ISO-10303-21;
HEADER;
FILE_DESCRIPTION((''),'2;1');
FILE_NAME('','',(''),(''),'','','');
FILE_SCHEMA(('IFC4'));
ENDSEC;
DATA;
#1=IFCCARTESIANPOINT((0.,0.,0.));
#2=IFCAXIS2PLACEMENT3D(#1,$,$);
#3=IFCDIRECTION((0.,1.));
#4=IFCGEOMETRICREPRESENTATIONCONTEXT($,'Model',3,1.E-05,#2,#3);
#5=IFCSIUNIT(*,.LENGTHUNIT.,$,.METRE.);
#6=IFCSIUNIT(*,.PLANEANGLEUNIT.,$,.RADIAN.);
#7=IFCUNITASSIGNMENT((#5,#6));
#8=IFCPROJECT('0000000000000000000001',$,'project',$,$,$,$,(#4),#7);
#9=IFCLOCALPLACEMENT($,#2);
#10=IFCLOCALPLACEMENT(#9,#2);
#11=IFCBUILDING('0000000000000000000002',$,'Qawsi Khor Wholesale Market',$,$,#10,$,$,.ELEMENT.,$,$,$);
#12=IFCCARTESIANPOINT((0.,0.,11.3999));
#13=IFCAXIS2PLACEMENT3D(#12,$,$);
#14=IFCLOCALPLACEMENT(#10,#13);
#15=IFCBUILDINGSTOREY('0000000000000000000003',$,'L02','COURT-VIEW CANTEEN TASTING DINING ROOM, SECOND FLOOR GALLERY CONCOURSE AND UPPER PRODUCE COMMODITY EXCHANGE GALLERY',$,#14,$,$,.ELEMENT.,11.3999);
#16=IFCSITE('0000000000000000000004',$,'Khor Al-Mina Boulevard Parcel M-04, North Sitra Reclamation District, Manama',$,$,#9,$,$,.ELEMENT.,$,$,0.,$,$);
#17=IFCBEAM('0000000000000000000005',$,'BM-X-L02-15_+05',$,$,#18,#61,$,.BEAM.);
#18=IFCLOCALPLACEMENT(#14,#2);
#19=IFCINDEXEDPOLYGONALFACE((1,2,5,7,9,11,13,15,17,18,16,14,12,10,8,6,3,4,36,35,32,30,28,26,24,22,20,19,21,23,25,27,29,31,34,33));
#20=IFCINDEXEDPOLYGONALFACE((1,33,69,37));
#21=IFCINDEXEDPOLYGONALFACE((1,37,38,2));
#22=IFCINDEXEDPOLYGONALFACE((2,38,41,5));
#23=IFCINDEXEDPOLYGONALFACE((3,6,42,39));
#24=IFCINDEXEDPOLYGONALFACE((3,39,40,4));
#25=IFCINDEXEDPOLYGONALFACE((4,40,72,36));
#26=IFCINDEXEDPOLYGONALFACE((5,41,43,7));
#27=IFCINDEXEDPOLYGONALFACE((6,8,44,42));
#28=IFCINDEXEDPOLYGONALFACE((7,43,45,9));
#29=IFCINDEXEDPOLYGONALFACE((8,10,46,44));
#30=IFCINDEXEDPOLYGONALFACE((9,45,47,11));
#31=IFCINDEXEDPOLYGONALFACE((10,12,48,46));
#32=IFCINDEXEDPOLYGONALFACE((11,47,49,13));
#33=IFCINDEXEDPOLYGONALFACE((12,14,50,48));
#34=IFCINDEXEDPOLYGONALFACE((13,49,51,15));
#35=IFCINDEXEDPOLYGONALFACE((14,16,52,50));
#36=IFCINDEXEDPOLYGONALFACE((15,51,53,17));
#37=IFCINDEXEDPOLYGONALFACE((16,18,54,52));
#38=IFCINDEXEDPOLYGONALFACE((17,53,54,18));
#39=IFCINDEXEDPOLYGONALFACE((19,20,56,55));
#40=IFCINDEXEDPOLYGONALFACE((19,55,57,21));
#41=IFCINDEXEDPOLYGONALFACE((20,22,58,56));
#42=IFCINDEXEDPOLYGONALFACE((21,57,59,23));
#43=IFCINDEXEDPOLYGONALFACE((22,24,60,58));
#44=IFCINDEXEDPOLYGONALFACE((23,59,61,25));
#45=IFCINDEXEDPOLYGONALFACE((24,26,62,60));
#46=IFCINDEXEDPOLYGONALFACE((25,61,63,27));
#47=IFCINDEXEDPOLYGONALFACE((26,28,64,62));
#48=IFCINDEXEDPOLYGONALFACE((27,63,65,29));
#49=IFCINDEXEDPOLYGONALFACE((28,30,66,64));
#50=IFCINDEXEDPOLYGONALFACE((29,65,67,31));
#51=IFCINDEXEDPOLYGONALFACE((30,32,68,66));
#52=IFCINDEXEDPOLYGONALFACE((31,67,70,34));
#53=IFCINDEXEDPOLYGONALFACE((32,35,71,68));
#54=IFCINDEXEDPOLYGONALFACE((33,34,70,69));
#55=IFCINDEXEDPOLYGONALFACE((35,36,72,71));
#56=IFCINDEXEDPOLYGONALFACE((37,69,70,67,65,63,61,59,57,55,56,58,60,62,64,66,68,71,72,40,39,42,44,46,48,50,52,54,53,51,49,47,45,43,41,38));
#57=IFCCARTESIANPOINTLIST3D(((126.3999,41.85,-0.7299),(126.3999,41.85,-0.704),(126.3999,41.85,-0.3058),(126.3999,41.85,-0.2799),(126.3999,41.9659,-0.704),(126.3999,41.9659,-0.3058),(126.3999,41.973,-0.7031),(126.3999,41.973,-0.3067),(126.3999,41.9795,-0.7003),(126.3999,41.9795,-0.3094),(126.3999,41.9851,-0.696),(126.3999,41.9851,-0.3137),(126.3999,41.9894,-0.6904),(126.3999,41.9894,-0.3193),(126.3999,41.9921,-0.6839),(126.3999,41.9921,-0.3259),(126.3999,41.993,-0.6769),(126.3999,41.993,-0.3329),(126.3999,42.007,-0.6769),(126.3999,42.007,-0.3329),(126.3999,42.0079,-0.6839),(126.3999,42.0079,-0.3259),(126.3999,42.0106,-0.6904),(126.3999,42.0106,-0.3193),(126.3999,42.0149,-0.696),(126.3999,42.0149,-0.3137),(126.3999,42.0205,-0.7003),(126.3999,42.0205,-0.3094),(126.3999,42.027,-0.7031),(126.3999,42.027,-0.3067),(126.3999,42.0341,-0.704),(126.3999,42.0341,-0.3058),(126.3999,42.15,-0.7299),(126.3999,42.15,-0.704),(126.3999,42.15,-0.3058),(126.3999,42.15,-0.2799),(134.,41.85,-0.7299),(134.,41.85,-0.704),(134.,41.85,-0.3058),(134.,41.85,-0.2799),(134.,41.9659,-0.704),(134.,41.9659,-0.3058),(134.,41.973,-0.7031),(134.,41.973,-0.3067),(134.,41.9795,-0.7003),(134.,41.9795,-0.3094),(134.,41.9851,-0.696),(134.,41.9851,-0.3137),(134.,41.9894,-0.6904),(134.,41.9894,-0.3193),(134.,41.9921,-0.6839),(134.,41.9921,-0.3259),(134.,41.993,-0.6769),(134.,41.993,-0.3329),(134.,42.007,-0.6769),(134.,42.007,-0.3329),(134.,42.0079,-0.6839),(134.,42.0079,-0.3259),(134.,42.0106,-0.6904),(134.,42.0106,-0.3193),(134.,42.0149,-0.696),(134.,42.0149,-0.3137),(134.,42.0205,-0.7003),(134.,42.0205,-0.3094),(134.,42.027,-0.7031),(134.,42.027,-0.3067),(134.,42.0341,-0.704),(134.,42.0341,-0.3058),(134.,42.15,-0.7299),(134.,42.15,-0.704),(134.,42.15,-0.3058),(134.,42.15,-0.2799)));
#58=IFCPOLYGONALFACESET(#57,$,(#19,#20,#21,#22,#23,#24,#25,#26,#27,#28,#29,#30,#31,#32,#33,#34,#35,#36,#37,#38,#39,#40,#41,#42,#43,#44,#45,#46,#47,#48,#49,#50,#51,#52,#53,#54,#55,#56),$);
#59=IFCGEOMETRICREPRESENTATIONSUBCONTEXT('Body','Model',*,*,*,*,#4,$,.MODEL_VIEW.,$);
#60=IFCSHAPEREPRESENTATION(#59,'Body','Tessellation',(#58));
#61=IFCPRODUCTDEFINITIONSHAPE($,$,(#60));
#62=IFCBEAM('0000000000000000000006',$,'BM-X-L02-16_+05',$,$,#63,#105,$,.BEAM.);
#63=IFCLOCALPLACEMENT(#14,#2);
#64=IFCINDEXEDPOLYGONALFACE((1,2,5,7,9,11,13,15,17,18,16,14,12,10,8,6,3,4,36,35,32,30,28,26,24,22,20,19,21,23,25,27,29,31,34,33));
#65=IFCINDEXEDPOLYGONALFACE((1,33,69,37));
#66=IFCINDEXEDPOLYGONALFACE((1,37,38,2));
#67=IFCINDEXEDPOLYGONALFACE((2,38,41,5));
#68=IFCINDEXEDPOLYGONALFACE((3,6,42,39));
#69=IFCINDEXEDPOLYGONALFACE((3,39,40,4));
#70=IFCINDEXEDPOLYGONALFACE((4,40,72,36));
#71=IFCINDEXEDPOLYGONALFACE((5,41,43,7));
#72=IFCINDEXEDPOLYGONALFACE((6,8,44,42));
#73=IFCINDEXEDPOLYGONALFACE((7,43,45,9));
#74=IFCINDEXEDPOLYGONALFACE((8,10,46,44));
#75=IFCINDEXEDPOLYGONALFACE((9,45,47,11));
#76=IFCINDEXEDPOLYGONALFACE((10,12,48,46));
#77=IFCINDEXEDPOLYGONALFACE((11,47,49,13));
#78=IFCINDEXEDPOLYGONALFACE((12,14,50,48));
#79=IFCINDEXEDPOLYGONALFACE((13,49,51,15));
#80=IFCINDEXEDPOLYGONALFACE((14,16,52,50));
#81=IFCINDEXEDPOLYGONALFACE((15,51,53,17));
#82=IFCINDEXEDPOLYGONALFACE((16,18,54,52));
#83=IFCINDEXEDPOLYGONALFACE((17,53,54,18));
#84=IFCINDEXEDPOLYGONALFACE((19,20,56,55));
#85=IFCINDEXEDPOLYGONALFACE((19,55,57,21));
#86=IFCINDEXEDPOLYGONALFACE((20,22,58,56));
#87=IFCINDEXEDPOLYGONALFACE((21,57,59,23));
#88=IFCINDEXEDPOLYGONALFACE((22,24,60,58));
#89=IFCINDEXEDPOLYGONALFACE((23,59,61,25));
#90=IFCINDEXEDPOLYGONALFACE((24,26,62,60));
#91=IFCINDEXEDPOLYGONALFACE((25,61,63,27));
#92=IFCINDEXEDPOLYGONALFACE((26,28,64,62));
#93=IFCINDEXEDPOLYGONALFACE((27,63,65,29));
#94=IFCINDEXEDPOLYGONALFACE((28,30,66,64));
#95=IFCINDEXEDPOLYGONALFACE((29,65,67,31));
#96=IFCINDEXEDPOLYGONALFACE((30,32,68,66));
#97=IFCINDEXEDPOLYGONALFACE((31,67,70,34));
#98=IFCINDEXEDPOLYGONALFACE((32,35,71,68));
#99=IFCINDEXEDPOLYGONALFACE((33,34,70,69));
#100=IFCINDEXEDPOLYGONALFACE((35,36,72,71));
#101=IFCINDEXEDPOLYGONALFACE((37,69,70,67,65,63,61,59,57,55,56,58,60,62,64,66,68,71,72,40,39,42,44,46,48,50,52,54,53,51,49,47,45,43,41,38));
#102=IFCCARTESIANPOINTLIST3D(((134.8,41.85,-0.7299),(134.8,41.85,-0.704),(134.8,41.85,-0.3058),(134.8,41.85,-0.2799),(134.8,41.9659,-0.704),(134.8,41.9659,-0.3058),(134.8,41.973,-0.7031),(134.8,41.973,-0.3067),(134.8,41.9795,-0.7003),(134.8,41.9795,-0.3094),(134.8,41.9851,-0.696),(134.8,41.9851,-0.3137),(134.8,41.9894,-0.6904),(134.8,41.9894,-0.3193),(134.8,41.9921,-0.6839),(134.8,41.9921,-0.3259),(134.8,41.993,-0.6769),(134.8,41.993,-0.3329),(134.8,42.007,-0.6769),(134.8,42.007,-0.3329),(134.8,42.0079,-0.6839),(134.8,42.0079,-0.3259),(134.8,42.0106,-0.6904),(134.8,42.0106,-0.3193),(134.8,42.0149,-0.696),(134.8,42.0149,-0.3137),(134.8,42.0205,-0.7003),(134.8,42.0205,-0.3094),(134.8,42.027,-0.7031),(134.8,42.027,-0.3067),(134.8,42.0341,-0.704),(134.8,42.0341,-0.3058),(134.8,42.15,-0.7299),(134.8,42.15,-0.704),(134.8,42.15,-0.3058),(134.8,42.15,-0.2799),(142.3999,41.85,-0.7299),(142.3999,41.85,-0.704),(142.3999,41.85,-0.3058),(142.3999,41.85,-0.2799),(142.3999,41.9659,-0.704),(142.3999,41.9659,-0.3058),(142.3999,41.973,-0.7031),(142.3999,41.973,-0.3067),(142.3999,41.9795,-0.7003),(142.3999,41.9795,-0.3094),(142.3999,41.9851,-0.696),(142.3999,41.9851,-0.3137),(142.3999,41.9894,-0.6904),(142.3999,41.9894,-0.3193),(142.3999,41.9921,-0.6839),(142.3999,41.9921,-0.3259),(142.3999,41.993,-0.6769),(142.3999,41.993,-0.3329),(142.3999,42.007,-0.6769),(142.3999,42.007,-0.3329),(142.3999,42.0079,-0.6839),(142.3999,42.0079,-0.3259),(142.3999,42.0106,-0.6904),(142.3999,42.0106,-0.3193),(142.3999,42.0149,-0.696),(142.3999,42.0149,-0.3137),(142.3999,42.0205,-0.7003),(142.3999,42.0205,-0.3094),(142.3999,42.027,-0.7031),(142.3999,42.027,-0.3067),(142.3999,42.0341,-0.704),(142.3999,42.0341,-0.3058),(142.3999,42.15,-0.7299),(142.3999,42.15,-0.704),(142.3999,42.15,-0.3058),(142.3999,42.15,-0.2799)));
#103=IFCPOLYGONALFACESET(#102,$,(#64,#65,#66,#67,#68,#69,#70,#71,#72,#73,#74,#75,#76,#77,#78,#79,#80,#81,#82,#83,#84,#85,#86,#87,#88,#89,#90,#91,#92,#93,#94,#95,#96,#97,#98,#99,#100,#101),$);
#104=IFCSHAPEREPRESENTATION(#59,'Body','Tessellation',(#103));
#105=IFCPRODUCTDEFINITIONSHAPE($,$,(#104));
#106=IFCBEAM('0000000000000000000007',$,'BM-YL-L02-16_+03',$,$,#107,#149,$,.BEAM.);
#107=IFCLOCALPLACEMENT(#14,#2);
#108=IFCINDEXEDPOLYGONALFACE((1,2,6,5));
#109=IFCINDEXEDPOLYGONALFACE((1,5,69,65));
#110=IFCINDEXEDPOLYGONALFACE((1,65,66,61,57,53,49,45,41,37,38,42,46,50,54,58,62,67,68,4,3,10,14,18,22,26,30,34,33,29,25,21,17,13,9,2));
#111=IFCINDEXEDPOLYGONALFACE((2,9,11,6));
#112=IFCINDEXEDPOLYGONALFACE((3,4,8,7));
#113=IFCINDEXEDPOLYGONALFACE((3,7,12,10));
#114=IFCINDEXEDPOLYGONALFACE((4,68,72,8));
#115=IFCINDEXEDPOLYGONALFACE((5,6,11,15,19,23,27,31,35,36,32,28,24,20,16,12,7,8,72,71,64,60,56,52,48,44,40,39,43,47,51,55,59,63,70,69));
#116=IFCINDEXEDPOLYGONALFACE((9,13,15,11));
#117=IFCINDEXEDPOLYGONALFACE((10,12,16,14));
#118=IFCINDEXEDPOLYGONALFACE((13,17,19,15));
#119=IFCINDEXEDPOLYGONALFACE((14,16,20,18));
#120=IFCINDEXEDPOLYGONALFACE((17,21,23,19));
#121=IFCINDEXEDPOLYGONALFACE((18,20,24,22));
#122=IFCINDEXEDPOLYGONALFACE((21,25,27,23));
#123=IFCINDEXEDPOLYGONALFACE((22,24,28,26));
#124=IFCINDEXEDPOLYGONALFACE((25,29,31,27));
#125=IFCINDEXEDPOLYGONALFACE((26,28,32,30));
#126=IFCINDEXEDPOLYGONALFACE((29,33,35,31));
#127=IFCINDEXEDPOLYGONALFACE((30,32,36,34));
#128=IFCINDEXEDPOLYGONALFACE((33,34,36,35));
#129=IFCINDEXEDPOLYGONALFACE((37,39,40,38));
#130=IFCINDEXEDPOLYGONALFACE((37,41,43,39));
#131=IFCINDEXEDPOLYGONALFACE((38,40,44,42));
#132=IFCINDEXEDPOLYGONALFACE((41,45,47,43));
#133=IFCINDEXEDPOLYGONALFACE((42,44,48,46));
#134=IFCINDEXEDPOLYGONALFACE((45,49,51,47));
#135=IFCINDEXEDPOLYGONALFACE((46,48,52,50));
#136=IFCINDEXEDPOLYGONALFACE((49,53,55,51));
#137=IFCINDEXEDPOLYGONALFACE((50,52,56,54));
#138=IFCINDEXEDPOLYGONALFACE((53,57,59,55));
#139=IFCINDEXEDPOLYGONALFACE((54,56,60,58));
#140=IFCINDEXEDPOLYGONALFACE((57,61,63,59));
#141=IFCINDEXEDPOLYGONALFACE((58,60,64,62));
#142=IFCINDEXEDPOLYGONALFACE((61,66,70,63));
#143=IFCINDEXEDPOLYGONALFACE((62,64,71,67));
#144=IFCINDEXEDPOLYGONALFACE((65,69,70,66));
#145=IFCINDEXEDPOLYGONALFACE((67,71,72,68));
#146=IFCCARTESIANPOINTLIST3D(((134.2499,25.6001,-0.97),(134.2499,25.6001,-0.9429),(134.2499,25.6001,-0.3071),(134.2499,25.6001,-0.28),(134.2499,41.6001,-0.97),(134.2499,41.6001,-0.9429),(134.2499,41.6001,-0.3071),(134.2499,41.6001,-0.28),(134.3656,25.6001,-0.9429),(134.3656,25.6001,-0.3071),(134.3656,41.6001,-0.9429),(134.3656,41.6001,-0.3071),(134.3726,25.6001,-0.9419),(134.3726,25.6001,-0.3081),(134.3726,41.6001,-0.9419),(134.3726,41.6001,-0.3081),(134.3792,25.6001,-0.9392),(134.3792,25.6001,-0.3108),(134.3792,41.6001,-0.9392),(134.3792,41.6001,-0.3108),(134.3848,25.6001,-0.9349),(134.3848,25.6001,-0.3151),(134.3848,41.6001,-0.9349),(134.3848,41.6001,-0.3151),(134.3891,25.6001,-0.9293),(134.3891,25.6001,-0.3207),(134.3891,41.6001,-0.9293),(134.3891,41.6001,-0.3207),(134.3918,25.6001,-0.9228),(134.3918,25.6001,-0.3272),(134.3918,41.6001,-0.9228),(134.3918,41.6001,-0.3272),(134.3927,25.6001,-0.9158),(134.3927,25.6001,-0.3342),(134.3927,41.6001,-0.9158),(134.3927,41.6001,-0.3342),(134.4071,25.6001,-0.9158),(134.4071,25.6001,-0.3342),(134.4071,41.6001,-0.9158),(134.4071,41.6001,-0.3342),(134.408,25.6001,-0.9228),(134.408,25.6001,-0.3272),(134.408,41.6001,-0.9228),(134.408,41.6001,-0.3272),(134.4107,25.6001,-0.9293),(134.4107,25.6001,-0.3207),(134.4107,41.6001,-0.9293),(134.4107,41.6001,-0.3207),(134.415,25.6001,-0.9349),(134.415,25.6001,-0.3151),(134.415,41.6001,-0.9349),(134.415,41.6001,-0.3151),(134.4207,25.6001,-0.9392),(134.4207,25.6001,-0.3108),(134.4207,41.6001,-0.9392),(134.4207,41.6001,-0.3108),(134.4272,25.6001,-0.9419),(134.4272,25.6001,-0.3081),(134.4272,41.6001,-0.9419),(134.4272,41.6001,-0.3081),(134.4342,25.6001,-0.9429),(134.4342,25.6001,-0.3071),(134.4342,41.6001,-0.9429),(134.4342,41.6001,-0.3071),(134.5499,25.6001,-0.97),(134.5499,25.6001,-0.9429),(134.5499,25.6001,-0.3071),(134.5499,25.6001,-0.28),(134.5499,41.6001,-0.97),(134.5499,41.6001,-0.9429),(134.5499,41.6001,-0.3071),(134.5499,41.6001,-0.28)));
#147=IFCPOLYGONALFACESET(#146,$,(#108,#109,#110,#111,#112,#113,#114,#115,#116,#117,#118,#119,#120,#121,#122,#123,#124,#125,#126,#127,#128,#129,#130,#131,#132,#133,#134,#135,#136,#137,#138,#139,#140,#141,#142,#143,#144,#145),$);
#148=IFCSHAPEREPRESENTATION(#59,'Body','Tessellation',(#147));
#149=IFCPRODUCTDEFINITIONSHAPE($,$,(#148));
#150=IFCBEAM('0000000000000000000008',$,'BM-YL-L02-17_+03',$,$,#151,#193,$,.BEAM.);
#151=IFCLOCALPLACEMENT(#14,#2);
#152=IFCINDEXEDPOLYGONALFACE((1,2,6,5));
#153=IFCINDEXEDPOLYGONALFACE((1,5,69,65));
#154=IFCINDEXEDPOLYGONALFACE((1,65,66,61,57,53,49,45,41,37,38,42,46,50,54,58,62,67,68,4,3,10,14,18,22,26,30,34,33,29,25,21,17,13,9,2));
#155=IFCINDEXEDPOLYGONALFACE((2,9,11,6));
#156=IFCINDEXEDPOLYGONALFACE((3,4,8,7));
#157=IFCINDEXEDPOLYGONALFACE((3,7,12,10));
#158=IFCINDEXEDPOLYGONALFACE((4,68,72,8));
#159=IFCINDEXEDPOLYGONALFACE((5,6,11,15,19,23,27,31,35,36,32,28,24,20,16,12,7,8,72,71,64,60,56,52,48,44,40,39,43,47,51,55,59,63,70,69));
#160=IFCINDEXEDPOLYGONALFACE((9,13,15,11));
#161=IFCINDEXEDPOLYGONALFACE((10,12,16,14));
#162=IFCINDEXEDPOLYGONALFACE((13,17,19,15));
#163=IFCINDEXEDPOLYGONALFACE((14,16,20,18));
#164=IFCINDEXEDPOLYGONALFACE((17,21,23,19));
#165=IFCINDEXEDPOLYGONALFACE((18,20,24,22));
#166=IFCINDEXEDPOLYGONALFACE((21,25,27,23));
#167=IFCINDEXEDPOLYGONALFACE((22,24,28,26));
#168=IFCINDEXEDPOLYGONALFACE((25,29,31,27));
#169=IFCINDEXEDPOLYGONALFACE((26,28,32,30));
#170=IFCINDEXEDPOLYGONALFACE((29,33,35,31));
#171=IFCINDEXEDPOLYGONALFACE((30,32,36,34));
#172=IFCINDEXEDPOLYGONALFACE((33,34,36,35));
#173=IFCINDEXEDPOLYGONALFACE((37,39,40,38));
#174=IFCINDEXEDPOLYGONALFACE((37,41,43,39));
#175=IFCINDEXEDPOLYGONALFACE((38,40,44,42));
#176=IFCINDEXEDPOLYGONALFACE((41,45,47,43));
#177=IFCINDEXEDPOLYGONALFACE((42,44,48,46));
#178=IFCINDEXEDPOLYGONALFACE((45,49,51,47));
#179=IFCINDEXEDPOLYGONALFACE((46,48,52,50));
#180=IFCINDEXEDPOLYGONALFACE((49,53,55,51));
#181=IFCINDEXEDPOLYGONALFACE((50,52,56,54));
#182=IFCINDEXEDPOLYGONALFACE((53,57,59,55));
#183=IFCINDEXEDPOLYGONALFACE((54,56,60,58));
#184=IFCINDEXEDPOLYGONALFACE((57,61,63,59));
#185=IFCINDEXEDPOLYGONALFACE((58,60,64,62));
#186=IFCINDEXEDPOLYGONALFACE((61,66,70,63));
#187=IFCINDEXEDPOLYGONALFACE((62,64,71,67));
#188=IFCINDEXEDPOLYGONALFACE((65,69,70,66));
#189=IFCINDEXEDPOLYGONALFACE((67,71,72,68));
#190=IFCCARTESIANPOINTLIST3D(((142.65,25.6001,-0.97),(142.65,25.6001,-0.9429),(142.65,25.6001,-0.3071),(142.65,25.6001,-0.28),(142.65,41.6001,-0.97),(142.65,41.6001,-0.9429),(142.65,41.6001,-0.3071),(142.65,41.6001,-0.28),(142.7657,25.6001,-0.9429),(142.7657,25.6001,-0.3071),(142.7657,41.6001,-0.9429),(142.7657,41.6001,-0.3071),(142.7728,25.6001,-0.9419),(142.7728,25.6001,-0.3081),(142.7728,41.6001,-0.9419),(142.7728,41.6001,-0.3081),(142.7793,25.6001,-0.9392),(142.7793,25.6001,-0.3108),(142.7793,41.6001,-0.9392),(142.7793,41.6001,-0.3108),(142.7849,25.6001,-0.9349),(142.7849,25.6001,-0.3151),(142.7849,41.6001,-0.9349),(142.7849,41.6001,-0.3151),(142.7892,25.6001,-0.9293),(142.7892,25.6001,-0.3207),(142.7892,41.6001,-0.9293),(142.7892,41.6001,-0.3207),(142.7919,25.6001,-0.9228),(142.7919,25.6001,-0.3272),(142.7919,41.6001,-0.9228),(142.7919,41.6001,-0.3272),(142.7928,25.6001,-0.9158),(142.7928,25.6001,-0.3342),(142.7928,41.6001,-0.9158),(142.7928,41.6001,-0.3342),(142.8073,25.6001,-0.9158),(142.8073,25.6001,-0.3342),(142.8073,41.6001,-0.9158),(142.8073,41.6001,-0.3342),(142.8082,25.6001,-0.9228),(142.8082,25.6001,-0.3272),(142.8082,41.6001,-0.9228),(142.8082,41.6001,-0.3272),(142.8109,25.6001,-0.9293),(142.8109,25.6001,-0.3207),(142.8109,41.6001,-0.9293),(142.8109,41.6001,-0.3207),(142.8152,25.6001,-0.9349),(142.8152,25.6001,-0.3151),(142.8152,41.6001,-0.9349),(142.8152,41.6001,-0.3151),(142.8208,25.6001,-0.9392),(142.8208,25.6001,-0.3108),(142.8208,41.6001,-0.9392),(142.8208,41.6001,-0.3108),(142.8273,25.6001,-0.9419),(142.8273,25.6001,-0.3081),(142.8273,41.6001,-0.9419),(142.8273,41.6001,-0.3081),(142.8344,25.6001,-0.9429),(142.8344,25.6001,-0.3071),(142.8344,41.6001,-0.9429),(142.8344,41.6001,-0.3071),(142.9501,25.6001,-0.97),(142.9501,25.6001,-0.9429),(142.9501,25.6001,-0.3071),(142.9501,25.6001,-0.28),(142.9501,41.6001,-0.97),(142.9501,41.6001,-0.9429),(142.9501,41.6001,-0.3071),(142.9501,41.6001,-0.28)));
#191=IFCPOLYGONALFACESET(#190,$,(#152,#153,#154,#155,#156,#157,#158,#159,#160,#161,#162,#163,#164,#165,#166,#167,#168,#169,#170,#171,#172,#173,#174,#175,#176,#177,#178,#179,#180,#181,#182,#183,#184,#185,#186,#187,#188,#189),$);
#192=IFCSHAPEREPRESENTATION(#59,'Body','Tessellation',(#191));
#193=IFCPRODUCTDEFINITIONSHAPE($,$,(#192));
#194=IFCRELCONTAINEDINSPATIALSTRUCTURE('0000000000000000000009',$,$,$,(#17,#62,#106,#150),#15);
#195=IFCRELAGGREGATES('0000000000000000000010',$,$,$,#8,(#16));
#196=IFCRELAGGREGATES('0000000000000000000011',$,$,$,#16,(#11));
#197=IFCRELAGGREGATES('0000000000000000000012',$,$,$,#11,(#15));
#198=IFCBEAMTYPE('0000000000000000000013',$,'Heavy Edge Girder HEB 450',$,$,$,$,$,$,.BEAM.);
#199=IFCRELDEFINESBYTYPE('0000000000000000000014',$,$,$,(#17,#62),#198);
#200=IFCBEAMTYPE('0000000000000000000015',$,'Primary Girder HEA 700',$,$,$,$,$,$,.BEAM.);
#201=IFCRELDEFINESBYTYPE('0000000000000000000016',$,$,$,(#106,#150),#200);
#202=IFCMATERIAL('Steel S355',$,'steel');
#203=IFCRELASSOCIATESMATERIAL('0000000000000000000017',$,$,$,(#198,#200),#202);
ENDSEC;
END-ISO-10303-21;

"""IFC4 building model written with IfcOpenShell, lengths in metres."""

from ifc_helpers import new_model, si_unit, direction, frame, origin, origin_2d, place, context, subcontext, project, spatial, i_section, extrude, material, material_profile, profile_set, type_object, element, save


model = new_model("IFC4")

# Units and contexts
model_context = context("Model", 3, precision=1e-05, world=origin(), true_north=direction((0.0, 1.0)))
body_context = subcontext(model_context, "Body", "Model", "MODEL_VIEW")
ifc_project = project(units=[si_unit("LENGTHUNIT", "METRE"), si_unit("PLANEANGLEUNIT", "RADIAN")], contexts=[model_context])

# Site, building, storey
site_placement = place(None, origin())
site = spatial("IfcSite", under=ifc_project, at=site_placement, Name="Khor Al-Mina Boulevard Parcel M-04, North Sitra Reclamation District, Manama", CompositionType="ELEMENT", RefElevation=0.0)
building_placement = place(site_placement, origin())
building = spatial("IfcBuilding", under=site, at=building_placement, Name="Qawsi Khor Wholesale Market", CompositionType="ELEMENT")
storey_placement = place(building_placement, frame((0.0, 0.0, 11.3999)))
storey = spatial("IfcBuildingStorey", under=building, at=storey_placement, Name="L02", Description="COURT-VIEW CANTEEN TASTING DINING ROOM, SECOND FLOOR GALLERY CONCOURSE AND UPPER PRODUCE COMMODITY EXCHANGE GALLERY", CompositionType="ELEMENT", Elevation=11.3999)

# Beams
ifc_material_1 = material(Name="Steel S355", Category="steel")
ifc_material_profile_1 = material_profile(ifc_material_1, i_section(OverallWidth=0.3, OverallDepth=0.45, WebThickness=0.0139, FlangeThickness=0.0259, FilletRadius=0.0271, at=origin_2d()), Name="HEB 450")
ifc_profile_set_1 = profile_set([ifc_material_profile_1], Name="Steel S355")
beam_type_1 = type_object("IfcBeamType", Name="Heavy Edge Girder HEB 450", PredefinedType="BEAM", material=ifc_profile_set_1)
beam_1_placement = place(storey_placement, frame((126.3999, 42.0, -0.5049), z_axis=(1.0, 0.0, 0.0), x_axis=(0.0, 1.0, 0.0)))
element("IfcBeam", 1, at=beam_1_placement, inside=storey, type_object=beam_type_1, Name="BM-X-L02-15_+05", PredefinedType="BEAM", context=body_context, shape_type="SweptSolid", body=[
    extrude(i_section(OverallWidth=0.3, OverallDepth=0.45, WebThickness=0.0139, FlangeThickness=0.0259, FilletRadius=0.0271, at=origin_2d()), origin(), (0.0, 0.0, 1.0), 7.6001),
])
beam_2_placement = place(storey_placement, frame((134.8, 42.0, -0.5049), z_axis=(1.0, 0.0, 0.0), x_axis=(0.0, 1.0, 0.0)))
element("IfcBeam", 2, at=beam_2_placement, inside=storey, type_object=beam_type_1, Name="BM-X-L02-16_+05", PredefinedType="BEAM", context=body_context, shape_type="SweptSolid", body=[
    extrude(i_section(OverallWidth=0.3, OverallDepth=0.45, WebThickness=0.0139, FlangeThickness=0.0259, FilletRadius=0.0271, at=origin_2d()), origin(), (0.0, 0.0, 1.0), 7.5999),
])
ifc_material_profile_2 = material_profile(ifc_material_1, i_section(OverallWidth=0.3, OverallDepth=0.6899, WebThickness=0.0144, FlangeThickness=0.0271, FilletRadius=0.0271, at=origin_2d()), Name="HEA 700")
ifc_profile_set_2 = profile_set([ifc_material_profile_2], Name="Steel S355")
beam_type_2 = type_object("IfcBeamType", Name="Primary Girder HEA 700", PredefinedType="BEAM", material=ifc_profile_set_2)
for number, where, z_axis, x_axis, name in (
    (3, (134.3999, 25.6001, -0.625), (0.0, 1.0, 0.0), (-1.0, 0.0, 0.0), "BM-YL-L02-16_+03"),
    (4, (142.8, 25.6001, -0.625), (0.0, 1.0, 0.0), (-1.0, 0.0, 0.0), "BM-YL-L02-17_+03"),
):
    element("IfcBeam", number, at=place(storey_placement, frame(where, z_axis=z_axis, x_axis=x_axis)), inside=storey, type_object=beam_type_2, Name=name, PredefinedType="BEAM", context=body_context, shape_type="SweptSolid", body=[
        extrude(i_section(OverallWidth=0.3, OverallDepth=0.6899, WebThickness=0.0144, FlangeThickness=0.0271, FilletRadius=0.0271, at=origin_2d()), origin(), (0.0, 0.0, 1.0), 16.0),
    ])

save(model, "model.ifc")
